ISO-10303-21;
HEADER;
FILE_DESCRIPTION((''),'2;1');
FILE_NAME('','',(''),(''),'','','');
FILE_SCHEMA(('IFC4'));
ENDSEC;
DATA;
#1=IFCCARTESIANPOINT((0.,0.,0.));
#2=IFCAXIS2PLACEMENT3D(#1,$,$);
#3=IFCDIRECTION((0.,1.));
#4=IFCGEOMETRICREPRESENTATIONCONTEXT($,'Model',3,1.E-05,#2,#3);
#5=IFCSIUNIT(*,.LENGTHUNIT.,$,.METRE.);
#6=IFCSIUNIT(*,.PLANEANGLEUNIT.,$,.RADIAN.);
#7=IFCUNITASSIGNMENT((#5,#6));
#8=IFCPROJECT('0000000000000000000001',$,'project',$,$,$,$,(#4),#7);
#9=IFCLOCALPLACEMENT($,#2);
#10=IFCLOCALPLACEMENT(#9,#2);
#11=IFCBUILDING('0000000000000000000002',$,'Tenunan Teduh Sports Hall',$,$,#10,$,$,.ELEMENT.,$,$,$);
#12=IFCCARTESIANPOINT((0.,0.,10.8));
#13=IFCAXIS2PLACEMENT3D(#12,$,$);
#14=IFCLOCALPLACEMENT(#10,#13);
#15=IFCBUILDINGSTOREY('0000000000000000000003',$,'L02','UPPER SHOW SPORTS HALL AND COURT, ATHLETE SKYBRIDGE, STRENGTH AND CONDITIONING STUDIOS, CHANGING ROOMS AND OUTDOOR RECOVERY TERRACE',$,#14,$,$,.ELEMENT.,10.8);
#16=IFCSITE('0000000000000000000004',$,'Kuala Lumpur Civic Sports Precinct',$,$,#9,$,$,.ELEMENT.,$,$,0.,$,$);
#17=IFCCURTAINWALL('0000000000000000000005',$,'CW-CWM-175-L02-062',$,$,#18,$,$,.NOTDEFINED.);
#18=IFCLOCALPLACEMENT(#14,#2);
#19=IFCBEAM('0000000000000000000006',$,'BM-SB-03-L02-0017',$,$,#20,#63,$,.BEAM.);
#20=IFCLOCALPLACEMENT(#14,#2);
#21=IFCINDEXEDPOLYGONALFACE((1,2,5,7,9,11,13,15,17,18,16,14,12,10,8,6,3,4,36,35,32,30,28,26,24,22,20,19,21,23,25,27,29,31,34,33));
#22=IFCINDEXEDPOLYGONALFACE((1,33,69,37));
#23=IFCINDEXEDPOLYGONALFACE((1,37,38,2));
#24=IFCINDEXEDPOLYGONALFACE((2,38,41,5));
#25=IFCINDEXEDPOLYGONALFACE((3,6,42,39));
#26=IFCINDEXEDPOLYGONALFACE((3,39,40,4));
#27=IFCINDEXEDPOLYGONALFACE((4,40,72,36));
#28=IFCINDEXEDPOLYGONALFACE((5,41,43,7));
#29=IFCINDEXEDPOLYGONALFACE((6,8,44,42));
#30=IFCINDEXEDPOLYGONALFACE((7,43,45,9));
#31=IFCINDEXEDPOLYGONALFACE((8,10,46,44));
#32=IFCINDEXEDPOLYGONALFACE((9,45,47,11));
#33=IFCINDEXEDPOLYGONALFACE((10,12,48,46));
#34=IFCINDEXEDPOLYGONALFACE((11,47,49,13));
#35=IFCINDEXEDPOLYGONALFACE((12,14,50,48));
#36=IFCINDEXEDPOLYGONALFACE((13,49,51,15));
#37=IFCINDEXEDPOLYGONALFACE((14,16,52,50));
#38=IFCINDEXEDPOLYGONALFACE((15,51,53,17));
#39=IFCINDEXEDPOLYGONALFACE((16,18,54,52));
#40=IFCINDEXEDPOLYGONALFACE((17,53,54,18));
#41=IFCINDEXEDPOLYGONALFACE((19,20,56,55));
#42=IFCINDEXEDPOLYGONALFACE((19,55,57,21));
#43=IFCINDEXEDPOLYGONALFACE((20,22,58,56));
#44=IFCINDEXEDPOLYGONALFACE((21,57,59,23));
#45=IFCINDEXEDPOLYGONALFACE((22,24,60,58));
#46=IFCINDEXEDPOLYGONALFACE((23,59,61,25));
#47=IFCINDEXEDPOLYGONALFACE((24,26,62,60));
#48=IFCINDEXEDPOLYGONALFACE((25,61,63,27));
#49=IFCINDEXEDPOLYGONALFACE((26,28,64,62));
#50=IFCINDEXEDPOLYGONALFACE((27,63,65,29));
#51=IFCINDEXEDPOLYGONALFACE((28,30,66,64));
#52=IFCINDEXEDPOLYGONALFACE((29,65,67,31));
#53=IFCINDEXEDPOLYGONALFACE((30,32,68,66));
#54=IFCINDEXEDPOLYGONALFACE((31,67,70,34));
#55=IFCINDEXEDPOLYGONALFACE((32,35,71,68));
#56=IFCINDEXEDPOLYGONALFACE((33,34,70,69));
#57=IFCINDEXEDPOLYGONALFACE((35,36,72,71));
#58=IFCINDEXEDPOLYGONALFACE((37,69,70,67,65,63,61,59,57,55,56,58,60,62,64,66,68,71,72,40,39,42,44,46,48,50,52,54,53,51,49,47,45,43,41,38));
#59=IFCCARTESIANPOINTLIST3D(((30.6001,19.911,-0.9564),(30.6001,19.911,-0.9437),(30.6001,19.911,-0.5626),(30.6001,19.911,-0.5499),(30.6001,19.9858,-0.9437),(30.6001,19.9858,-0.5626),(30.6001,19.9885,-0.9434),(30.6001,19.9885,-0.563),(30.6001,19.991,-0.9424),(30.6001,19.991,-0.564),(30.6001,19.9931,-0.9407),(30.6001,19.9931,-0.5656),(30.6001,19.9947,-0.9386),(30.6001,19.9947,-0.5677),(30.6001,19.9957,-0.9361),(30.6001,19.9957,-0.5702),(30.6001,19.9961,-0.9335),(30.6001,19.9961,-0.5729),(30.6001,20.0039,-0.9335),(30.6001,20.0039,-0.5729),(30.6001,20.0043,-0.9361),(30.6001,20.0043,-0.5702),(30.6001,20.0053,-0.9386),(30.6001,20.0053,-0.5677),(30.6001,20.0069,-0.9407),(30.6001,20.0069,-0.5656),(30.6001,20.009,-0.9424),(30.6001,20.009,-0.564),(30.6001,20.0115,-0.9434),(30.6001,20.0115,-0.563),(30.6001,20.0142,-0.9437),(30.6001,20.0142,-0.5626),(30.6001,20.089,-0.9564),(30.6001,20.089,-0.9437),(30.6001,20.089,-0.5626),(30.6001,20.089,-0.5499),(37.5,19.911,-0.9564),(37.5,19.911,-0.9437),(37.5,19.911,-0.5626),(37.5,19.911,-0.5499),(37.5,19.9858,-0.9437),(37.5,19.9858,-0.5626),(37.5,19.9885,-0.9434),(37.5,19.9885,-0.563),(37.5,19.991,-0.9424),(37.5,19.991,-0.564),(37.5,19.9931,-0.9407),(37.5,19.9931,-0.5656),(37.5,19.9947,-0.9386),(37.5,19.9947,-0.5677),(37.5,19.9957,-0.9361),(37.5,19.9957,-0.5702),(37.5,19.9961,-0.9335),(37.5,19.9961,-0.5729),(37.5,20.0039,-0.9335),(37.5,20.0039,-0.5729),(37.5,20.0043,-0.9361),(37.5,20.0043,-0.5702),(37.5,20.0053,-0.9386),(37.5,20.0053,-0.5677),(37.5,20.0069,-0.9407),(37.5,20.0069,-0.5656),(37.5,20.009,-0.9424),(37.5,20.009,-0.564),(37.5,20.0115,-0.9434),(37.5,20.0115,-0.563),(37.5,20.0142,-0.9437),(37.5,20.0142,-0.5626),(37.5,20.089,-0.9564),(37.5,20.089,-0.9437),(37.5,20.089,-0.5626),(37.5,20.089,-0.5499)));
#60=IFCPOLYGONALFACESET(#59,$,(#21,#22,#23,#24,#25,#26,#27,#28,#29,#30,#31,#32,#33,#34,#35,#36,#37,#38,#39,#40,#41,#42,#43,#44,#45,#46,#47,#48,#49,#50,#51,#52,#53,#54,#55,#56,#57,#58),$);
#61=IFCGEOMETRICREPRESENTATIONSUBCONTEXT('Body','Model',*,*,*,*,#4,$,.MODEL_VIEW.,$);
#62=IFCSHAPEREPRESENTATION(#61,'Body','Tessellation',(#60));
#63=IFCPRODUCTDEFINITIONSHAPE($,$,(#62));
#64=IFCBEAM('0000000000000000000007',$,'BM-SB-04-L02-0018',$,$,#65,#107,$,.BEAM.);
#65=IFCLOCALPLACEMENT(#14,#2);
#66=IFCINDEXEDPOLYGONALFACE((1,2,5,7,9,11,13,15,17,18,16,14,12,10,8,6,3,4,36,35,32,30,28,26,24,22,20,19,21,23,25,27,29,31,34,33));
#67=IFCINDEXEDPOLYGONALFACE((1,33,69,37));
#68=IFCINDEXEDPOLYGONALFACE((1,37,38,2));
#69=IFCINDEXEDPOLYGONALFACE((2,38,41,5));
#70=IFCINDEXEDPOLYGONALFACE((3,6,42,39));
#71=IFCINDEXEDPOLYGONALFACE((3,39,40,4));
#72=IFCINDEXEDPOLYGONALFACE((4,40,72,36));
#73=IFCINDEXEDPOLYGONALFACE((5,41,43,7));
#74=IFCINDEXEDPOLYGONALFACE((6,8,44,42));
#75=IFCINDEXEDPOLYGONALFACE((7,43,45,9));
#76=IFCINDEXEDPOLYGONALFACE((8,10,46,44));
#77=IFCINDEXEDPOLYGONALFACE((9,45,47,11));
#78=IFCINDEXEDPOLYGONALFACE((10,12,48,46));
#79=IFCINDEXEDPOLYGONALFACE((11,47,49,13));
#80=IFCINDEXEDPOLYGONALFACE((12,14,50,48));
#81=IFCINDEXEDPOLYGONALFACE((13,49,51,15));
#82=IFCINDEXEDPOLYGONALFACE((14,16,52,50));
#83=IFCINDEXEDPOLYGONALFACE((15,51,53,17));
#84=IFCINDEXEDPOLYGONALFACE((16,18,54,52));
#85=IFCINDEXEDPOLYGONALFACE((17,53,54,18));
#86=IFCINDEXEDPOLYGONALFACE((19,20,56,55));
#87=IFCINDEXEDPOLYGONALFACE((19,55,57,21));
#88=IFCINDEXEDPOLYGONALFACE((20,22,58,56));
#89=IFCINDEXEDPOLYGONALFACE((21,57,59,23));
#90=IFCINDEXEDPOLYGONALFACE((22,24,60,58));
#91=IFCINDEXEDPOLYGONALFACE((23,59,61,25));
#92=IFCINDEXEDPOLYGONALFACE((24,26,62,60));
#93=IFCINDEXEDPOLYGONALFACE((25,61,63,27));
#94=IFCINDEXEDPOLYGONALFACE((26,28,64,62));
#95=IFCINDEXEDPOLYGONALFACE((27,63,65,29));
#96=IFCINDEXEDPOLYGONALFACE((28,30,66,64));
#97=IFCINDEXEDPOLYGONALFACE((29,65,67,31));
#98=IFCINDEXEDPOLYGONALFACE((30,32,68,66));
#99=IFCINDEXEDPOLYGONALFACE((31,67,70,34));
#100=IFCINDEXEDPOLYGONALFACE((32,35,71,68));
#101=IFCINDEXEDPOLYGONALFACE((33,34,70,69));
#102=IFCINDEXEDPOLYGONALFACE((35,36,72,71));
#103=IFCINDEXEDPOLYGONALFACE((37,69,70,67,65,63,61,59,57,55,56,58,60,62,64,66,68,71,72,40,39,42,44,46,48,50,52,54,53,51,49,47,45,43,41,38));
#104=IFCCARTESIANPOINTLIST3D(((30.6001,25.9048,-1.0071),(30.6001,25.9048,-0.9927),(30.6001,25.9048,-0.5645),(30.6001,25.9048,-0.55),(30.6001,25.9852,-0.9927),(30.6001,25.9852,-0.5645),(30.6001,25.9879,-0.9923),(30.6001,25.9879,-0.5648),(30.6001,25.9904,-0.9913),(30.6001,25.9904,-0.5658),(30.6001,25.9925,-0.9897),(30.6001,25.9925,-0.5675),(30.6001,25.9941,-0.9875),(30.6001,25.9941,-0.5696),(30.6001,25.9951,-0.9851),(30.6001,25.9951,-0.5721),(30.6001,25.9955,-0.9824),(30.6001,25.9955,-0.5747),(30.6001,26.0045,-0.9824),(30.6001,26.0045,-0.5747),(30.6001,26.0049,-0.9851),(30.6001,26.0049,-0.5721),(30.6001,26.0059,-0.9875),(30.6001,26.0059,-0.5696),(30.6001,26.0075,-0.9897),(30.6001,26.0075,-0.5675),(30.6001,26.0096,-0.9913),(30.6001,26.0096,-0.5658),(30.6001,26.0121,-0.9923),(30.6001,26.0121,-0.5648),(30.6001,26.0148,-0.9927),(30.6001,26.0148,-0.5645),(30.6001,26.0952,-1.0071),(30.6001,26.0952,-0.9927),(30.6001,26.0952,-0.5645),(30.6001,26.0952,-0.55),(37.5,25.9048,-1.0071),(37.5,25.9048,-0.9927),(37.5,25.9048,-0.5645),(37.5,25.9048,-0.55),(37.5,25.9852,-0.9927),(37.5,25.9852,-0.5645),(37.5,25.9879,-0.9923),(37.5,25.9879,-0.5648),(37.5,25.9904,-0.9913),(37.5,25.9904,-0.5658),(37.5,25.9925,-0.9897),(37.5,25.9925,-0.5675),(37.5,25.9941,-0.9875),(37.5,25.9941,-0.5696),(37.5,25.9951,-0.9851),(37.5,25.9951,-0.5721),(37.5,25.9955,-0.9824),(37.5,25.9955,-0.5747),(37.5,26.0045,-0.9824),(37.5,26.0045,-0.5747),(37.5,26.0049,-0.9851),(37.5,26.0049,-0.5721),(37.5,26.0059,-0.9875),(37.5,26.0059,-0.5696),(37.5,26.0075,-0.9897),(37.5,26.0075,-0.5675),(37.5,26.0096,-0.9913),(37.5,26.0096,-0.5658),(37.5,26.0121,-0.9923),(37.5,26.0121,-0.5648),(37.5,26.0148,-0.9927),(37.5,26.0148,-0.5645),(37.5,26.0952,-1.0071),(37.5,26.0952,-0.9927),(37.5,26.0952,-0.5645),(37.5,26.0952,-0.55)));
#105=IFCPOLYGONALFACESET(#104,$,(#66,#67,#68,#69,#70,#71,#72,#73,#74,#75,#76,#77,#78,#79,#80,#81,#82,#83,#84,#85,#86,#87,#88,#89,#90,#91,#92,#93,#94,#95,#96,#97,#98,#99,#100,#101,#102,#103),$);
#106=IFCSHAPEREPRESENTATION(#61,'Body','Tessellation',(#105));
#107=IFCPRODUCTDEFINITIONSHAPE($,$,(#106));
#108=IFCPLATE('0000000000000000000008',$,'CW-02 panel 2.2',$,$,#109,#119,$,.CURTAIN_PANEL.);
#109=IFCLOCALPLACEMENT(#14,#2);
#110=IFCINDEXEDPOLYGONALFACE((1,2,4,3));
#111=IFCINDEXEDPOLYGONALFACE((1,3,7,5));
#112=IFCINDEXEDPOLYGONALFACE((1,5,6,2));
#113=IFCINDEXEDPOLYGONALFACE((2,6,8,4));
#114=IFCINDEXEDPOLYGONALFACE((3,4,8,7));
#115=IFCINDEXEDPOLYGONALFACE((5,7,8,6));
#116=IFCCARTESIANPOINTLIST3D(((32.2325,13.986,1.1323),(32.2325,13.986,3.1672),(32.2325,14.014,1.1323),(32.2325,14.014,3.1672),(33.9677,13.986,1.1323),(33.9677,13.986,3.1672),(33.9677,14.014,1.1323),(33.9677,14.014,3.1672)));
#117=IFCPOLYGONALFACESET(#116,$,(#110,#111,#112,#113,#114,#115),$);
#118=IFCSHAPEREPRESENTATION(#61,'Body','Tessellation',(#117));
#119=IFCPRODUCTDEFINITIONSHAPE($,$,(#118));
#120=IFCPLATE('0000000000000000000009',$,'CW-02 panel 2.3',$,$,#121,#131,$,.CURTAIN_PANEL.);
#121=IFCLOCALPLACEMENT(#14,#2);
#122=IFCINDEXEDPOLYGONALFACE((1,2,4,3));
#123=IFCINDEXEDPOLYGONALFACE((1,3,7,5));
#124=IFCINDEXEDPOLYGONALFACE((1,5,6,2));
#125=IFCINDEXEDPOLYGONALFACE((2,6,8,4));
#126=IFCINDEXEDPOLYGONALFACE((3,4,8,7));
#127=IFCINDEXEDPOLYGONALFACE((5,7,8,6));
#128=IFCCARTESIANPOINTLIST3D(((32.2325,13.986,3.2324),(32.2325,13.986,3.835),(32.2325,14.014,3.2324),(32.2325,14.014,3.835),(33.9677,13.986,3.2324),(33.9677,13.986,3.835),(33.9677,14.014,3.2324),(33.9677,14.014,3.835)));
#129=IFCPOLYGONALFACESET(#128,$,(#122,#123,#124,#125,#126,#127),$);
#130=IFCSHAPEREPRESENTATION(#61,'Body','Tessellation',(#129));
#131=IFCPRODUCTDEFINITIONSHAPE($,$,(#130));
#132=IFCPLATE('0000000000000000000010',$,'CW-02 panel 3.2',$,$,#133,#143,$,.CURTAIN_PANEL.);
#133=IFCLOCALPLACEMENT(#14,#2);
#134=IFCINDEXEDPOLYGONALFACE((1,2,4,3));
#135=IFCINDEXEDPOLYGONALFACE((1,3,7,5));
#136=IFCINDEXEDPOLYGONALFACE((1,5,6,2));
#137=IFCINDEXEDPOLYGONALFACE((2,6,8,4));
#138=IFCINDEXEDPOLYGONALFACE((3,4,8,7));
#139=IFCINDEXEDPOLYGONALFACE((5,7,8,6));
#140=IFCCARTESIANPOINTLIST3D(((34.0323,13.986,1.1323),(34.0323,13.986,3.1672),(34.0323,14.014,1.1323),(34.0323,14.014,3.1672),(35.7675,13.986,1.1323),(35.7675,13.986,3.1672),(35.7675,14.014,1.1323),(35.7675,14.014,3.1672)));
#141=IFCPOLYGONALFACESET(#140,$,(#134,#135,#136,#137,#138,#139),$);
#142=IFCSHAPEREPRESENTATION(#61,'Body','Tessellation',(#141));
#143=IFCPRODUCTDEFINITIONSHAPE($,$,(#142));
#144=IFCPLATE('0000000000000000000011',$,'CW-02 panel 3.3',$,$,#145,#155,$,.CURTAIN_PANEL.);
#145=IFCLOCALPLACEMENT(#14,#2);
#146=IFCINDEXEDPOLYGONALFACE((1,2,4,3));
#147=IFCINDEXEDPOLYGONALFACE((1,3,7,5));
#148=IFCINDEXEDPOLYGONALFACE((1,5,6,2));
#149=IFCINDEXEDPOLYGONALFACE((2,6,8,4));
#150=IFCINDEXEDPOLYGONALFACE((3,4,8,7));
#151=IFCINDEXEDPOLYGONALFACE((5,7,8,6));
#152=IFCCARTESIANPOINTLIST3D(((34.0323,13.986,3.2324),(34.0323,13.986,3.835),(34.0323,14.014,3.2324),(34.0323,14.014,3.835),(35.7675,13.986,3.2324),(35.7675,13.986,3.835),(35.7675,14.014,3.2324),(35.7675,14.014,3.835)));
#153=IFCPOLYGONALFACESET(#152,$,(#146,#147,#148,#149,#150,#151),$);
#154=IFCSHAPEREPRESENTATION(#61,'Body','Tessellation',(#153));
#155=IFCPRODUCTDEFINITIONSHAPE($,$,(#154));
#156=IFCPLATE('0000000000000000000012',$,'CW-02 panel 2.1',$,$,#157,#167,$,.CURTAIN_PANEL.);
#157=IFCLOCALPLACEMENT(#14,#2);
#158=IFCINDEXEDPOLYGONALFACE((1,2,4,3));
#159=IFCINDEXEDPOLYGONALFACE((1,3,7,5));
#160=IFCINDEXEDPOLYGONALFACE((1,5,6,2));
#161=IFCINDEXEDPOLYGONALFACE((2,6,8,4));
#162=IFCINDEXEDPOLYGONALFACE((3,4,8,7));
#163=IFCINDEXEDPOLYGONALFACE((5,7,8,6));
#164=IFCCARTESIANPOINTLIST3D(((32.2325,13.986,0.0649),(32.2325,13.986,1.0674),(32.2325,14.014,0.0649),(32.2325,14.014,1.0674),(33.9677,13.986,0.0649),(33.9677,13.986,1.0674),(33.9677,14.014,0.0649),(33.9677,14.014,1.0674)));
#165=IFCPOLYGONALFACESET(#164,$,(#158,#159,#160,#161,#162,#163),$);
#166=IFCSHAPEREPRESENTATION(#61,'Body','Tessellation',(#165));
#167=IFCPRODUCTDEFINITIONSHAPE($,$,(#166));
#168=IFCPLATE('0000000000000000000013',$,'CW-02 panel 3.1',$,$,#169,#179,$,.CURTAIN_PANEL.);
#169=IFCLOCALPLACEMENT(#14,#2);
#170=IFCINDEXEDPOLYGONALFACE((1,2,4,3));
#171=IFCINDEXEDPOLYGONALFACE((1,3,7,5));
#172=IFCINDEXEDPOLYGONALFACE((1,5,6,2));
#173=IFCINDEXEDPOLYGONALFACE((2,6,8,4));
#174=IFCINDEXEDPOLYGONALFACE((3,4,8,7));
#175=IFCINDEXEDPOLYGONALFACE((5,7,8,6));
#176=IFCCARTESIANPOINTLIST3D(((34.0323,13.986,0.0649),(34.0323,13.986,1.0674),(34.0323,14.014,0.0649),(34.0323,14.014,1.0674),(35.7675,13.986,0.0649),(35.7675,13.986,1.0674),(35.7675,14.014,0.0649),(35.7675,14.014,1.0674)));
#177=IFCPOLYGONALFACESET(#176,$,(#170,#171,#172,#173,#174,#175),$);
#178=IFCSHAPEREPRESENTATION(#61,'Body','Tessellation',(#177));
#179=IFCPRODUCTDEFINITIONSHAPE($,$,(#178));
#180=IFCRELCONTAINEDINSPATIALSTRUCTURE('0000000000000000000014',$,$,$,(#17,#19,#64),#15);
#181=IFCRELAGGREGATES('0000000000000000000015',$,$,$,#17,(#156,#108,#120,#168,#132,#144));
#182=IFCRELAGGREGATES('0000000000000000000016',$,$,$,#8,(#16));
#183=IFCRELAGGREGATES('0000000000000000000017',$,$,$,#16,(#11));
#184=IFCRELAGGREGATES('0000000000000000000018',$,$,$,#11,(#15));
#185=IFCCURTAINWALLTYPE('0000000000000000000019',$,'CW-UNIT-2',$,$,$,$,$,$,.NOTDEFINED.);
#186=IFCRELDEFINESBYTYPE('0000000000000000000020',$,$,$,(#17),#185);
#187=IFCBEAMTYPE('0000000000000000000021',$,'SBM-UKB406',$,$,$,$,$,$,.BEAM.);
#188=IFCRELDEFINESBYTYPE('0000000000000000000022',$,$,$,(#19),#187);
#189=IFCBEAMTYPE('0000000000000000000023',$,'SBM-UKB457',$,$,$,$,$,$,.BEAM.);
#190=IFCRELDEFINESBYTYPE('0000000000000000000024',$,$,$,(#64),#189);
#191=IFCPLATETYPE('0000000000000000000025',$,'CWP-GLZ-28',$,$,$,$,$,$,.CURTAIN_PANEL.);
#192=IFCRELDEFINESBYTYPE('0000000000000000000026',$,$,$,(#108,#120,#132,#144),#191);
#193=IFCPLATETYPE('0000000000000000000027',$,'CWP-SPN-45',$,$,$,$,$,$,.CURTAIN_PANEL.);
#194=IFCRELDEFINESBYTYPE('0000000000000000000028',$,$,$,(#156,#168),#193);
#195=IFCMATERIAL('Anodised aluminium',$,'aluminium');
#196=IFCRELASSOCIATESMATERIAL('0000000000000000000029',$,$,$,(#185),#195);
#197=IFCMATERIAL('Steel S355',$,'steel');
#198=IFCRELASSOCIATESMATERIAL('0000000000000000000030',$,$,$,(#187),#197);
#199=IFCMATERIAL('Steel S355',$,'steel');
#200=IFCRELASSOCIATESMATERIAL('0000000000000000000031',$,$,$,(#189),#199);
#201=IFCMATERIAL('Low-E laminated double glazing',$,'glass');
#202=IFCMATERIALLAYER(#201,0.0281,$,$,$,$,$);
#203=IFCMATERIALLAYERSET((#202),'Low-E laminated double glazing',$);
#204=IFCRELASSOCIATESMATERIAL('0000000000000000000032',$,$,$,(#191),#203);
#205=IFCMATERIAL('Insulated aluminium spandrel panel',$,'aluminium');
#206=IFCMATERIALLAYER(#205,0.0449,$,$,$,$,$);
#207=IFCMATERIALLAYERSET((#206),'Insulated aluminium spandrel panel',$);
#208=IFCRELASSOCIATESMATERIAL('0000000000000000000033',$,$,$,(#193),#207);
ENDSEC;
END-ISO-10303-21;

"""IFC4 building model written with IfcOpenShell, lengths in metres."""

from ifc_helpers import new_model, si_unit, direction, frame, origin, origin_2d, place, context, subcontext, project, spatial, rectangle, i_section, extrude, material, layer, layer_set, material_profile, profile_set, type_object, element, aggregate, save


model = new_model("IFC4")

# Units and contexts
model_context = context("Model", 3, precision=1e-05, world=origin(), true_north=direction((0.0, 1.0)))
body_context = subcontext(model_context, "Body", "Model", "MODEL_VIEW")
ifc_project = project(units=[si_unit("LENGTHUNIT", "METRE"), si_unit("PLANEANGLEUNIT", "RADIAN")], contexts=[model_context])

# Site, building, storey
site_placement = place(None, origin())
site = spatial("IfcSite", under=ifc_project, at=site_placement, Name="Kuala Lumpur Civic Sports Precinct", CompositionType="ELEMENT", RefElevation=0.0)
building_placement = place(site_placement, origin())
building = spatial("IfcBuilding", under=site, at=building_placement, Name="Tenunan Teduh Sports Hall", CompositionType="ELEMENT")
storey_placement = place(building_placement, frame((0.0, 0.0, 10.8)))
storey = spatial("IfcBuildingStorey", under=building, at=storey_placement, Name="L02", Description="UPPER SHOW SPORTS HALL AND COURT, ATHLETE SKYBRIDGE, STRENGTH AND CONDITIONING STUDIOS, CHANGING ROOMS AND OUTDOOR RECOVERY TERRACE", CompositionType="ELEMENT", Elevation=10.8)

# Curtain wall
ifc_material_1 = material(Name="Anodised aluminium", Category="aluminium")
curtain_wall_type = type_object("IfcCurtainWallType", Name="CW-UNIT-2", PredefinedType="NOTDEFINED", material=ifc_material_1)
curtain_wall_placement = place(storey_placement, origin())
curtain_wall = element("IfcCurtainWall", 1, at=curtain_wall_placement, inside=storey, type_object=curtain_wall_type, Name="CW-CWM-175-L02-062", PredefinedType="NOTDEFINED")

# Beams
ifc_material_2 = material(Name="Steel S355", Category="steel")
ifc_material_profile_1 = material_profile(ifc_material_2, i_section(OverallWidth=0.178, OverallDepth=0.4065, WebThickness=0.0078, FlangeThickness=0.0127, FilletRadius=0.0103, at=origin_2d()), Name="UKB 406x178x60")
ifc_profile_set_1 = profile_set([ifc_material_profile_1], Name="Steel S355")
beam_type_1 = type_object("IfcBeamType", Name="SBM-UKB406", PredefinedType="BEAM", material=ifc_profile_set_1)
beam_1_placement = place(storey_placement, frame((30.6001, 20.0, -0.7532), z_axis=(1.0, 0.0, 0.0), x_axis=(0.0, 1.0, 0.0)))
element("IfcBeam", 2, at=beam_1_placement, inside=storey, type_object=beam_type_1, Name="BM-SB-03-L02-0017", PredefinedType="BEAM", context=body_context, shape_type="SweptSolid", body=[
    extrude(i_section(OverallWidth=0.178, OverallDepth=0.4065, WebThickness=0.0078, FlangeThickness=0.0127, FilletRadius=0.0103, at=origin_2d()), origin(), (0.0, 0.0, 1.0), 6.8999),
])
ifc_material_3 = material(Name="Steel S355", Category="steel")
ifc_material_profile_2 = material_profile(ifc_material_3, i_section(OverallWidth=0.1904, OverallDepth=0.457, WebThickness=0.009, FlangeThickness=0.0144, FilletRadius=0.0103, at=origin_2d()), Name="UKB 457x191x74")
ifc_profile_set_2 = profile_set([ifc_material_profile_2], Name="Steel S355")
beam_type_2 = type_object("IfcBeamType", Name="SBM-UKB457", PredefinedType="BEAM", material=ifc_profile_set_2)
beam_2_placement = place(storey_placement, frame((30.6001, 26.0, -0.7786), z_axis=(1.0, 0.0, 0.0), x_axis=(0.0, 1.0, 0.0)))
element("IfcBeam", 3, at=beam_2_placement, inside=storey, type_object=beam_type_2, Name="BM-SB-04-L02-0018", PredefinedType="BEAM", context=body_context, shape_type="SweptSolid", body=[
    extrude(i_section(OverallWidth=0.1904, OverallDepth=0.457, WebThickness=0.009, FlangeThickness=0.0144, FilletRadius=0.0103, at=origin_2d()), origin(), (0.0, 0.0, 1.0), 6.8999),
])

# Plates
ifc_material_4 = material(Name="Low-E laminated double glazing", Category="glass")
ifc_layer_1 = layer(ifc_material_4, 0.0281)
ifc_layer_set_1 = layer_set([ifc_layer_1], Name="Low-E laminated double glazing")
plate_type_1 = type_object("IfcPlateType", Name="CWP-GLZ-28", PredefinedType="CURTAIN_PANEL", material=ifc_layer_set_1)
plate_1_placement = place(storey_placement, frame((33.1001, 14.0, 1.1323), z_axis=(0.0, 0.0, 1.0), x_axis=(1.0, 0.0, 0.0)))
plate_1 = element("IfcPlate", 4, at=plate_1_placement, type_object=plate_type_1, Name="CW-02 panel 2.2", PredefinedType="CURTAIN_PANEL", context=body_context, shape_type="SweptSolid", body=[
    extrude(rectangle(XDim=1.7351, YDim=0.0281, at=origin_2d()), origin(), (0.0, 0.0, 1.0), 2.0349),
])
plate_2_placement = place(storey_placement, frame((33.1001, 14.0, 3.2324), z_axis=(0.0, 0.0, 1.0), x_axis=(1.0, 0.0, 0.0)))
plate_2 = element("IfcPlate", 5, at=plate_2_placement, type_object=plate_type_1, Name="CW-02 panel 2.3", PredefinedType="CURTAIN_PANEL", context=body_context, shape_type="SweptSolid", body=[
    extrude(rectangle(XDim=1.7351, YDim=0.0281, at=origin_2d()), origin(), (0.0, 0.0, 1.0), 0.6025),
])
plate_3_placement = place(storey_placement, frame((34.8999, 14.0, 1.1323), z_axis=(0.0, 0.0, 1.0), x_axis=(1.0, 0.0, 0.0)))
plate_3 = element("IfcPlate", 6, at=plate_3_placement, type_object=plate_type_1, Name="CW-02 panel 3.2", PredefinedType="CURTAIN_PANEL", context=body_context, shape_type="SweptSolid", body=[
    extrude(rectangle(XDim=1.7351, YDim=0.0281, at=origin_2d()), origin(), (0.0, 0.0, 1.0), 2.0349),
])
plate_4_placement = place(storey_placement, frame((34.8999, 14.0, 3.2324), z_axis=(0.0, 0.0, 1.0), x_axis=(1.0, 0.0, 0.0)))
plate_4 = element("IfcPlate", 7, at=plate_4_placement, type_object=plate_type_1, Name="CW-02 panel 3.3", PredefinedType="CURTAIN_PANEL", context=body_context, shape_type="SweptSolid", body=[
    extrude(rectangle(XDim=1.7351, YDim=0.0281, at=origin_2d()), origin(), (0.0, 0.0, 1.0), 0.6025),
])
ifc_material_5 = material(Name="Insulated aluminium spandrel panel", Category="aluminium")
ifc_layer_2 = layer(ifc_material_5, 0.0449)
ifc_layer_set_2 = layer_set([ifc_layer_2], Name="Insulated aluminium spandrel panel")
plate_type_2 = type_object("IfcPlateType", Name="CWP-SPN-45", PredefinedType="CURTAIN_PANEL", material=ifc_layer_set_2)
plate_5_placement = place(storey_placement, frame((33.1001, 14.0, 0.0649), z_axis=(0.0, 0.0, 1.0), x_axis=(1.0, 0.0, 0.0)))
plate_5 = element("IfcPlate", 8, at=plate_5_placement, type_object=plate_type_2, Name="CW-02 panel 2.1", PredefinedType="CURTAIN_PANEL", context=body_context, shape_type="SweptSolid", body=[
    extrude(rectangle(XDim=1.7351, YDim=0.0281, at=origin_2d()), origin(), (0.0, 0.0, 1.0), 1.0024),
])
plate_6_placement = place(storey_placement, frame((34.8999, 14.0, 0.0649), z_axis=(0.0, 0.0, 1.0), x_axis=(1.0, 0.0, 0.0)))
plate_6 = element("IfcPlate", 9, at=plate_6_placement, type_object=plate_type_2, Name="CW-02 panel 3.1", PredefinedType="CURTAIN_PANEL", context=body_context, shape_type="SweptSolid", body=[
    extrude(rectangle(XDim=1.7351, YDim=0.0281, at=origin_2d()), origin(), (0.0, 0.0, 1.0), 1.0024),
])
aggregate(curtain_wall, [plate_5, plate_1, plate_2, plate_6, plate_3, plate_4])

save(model, "model.ifc")
